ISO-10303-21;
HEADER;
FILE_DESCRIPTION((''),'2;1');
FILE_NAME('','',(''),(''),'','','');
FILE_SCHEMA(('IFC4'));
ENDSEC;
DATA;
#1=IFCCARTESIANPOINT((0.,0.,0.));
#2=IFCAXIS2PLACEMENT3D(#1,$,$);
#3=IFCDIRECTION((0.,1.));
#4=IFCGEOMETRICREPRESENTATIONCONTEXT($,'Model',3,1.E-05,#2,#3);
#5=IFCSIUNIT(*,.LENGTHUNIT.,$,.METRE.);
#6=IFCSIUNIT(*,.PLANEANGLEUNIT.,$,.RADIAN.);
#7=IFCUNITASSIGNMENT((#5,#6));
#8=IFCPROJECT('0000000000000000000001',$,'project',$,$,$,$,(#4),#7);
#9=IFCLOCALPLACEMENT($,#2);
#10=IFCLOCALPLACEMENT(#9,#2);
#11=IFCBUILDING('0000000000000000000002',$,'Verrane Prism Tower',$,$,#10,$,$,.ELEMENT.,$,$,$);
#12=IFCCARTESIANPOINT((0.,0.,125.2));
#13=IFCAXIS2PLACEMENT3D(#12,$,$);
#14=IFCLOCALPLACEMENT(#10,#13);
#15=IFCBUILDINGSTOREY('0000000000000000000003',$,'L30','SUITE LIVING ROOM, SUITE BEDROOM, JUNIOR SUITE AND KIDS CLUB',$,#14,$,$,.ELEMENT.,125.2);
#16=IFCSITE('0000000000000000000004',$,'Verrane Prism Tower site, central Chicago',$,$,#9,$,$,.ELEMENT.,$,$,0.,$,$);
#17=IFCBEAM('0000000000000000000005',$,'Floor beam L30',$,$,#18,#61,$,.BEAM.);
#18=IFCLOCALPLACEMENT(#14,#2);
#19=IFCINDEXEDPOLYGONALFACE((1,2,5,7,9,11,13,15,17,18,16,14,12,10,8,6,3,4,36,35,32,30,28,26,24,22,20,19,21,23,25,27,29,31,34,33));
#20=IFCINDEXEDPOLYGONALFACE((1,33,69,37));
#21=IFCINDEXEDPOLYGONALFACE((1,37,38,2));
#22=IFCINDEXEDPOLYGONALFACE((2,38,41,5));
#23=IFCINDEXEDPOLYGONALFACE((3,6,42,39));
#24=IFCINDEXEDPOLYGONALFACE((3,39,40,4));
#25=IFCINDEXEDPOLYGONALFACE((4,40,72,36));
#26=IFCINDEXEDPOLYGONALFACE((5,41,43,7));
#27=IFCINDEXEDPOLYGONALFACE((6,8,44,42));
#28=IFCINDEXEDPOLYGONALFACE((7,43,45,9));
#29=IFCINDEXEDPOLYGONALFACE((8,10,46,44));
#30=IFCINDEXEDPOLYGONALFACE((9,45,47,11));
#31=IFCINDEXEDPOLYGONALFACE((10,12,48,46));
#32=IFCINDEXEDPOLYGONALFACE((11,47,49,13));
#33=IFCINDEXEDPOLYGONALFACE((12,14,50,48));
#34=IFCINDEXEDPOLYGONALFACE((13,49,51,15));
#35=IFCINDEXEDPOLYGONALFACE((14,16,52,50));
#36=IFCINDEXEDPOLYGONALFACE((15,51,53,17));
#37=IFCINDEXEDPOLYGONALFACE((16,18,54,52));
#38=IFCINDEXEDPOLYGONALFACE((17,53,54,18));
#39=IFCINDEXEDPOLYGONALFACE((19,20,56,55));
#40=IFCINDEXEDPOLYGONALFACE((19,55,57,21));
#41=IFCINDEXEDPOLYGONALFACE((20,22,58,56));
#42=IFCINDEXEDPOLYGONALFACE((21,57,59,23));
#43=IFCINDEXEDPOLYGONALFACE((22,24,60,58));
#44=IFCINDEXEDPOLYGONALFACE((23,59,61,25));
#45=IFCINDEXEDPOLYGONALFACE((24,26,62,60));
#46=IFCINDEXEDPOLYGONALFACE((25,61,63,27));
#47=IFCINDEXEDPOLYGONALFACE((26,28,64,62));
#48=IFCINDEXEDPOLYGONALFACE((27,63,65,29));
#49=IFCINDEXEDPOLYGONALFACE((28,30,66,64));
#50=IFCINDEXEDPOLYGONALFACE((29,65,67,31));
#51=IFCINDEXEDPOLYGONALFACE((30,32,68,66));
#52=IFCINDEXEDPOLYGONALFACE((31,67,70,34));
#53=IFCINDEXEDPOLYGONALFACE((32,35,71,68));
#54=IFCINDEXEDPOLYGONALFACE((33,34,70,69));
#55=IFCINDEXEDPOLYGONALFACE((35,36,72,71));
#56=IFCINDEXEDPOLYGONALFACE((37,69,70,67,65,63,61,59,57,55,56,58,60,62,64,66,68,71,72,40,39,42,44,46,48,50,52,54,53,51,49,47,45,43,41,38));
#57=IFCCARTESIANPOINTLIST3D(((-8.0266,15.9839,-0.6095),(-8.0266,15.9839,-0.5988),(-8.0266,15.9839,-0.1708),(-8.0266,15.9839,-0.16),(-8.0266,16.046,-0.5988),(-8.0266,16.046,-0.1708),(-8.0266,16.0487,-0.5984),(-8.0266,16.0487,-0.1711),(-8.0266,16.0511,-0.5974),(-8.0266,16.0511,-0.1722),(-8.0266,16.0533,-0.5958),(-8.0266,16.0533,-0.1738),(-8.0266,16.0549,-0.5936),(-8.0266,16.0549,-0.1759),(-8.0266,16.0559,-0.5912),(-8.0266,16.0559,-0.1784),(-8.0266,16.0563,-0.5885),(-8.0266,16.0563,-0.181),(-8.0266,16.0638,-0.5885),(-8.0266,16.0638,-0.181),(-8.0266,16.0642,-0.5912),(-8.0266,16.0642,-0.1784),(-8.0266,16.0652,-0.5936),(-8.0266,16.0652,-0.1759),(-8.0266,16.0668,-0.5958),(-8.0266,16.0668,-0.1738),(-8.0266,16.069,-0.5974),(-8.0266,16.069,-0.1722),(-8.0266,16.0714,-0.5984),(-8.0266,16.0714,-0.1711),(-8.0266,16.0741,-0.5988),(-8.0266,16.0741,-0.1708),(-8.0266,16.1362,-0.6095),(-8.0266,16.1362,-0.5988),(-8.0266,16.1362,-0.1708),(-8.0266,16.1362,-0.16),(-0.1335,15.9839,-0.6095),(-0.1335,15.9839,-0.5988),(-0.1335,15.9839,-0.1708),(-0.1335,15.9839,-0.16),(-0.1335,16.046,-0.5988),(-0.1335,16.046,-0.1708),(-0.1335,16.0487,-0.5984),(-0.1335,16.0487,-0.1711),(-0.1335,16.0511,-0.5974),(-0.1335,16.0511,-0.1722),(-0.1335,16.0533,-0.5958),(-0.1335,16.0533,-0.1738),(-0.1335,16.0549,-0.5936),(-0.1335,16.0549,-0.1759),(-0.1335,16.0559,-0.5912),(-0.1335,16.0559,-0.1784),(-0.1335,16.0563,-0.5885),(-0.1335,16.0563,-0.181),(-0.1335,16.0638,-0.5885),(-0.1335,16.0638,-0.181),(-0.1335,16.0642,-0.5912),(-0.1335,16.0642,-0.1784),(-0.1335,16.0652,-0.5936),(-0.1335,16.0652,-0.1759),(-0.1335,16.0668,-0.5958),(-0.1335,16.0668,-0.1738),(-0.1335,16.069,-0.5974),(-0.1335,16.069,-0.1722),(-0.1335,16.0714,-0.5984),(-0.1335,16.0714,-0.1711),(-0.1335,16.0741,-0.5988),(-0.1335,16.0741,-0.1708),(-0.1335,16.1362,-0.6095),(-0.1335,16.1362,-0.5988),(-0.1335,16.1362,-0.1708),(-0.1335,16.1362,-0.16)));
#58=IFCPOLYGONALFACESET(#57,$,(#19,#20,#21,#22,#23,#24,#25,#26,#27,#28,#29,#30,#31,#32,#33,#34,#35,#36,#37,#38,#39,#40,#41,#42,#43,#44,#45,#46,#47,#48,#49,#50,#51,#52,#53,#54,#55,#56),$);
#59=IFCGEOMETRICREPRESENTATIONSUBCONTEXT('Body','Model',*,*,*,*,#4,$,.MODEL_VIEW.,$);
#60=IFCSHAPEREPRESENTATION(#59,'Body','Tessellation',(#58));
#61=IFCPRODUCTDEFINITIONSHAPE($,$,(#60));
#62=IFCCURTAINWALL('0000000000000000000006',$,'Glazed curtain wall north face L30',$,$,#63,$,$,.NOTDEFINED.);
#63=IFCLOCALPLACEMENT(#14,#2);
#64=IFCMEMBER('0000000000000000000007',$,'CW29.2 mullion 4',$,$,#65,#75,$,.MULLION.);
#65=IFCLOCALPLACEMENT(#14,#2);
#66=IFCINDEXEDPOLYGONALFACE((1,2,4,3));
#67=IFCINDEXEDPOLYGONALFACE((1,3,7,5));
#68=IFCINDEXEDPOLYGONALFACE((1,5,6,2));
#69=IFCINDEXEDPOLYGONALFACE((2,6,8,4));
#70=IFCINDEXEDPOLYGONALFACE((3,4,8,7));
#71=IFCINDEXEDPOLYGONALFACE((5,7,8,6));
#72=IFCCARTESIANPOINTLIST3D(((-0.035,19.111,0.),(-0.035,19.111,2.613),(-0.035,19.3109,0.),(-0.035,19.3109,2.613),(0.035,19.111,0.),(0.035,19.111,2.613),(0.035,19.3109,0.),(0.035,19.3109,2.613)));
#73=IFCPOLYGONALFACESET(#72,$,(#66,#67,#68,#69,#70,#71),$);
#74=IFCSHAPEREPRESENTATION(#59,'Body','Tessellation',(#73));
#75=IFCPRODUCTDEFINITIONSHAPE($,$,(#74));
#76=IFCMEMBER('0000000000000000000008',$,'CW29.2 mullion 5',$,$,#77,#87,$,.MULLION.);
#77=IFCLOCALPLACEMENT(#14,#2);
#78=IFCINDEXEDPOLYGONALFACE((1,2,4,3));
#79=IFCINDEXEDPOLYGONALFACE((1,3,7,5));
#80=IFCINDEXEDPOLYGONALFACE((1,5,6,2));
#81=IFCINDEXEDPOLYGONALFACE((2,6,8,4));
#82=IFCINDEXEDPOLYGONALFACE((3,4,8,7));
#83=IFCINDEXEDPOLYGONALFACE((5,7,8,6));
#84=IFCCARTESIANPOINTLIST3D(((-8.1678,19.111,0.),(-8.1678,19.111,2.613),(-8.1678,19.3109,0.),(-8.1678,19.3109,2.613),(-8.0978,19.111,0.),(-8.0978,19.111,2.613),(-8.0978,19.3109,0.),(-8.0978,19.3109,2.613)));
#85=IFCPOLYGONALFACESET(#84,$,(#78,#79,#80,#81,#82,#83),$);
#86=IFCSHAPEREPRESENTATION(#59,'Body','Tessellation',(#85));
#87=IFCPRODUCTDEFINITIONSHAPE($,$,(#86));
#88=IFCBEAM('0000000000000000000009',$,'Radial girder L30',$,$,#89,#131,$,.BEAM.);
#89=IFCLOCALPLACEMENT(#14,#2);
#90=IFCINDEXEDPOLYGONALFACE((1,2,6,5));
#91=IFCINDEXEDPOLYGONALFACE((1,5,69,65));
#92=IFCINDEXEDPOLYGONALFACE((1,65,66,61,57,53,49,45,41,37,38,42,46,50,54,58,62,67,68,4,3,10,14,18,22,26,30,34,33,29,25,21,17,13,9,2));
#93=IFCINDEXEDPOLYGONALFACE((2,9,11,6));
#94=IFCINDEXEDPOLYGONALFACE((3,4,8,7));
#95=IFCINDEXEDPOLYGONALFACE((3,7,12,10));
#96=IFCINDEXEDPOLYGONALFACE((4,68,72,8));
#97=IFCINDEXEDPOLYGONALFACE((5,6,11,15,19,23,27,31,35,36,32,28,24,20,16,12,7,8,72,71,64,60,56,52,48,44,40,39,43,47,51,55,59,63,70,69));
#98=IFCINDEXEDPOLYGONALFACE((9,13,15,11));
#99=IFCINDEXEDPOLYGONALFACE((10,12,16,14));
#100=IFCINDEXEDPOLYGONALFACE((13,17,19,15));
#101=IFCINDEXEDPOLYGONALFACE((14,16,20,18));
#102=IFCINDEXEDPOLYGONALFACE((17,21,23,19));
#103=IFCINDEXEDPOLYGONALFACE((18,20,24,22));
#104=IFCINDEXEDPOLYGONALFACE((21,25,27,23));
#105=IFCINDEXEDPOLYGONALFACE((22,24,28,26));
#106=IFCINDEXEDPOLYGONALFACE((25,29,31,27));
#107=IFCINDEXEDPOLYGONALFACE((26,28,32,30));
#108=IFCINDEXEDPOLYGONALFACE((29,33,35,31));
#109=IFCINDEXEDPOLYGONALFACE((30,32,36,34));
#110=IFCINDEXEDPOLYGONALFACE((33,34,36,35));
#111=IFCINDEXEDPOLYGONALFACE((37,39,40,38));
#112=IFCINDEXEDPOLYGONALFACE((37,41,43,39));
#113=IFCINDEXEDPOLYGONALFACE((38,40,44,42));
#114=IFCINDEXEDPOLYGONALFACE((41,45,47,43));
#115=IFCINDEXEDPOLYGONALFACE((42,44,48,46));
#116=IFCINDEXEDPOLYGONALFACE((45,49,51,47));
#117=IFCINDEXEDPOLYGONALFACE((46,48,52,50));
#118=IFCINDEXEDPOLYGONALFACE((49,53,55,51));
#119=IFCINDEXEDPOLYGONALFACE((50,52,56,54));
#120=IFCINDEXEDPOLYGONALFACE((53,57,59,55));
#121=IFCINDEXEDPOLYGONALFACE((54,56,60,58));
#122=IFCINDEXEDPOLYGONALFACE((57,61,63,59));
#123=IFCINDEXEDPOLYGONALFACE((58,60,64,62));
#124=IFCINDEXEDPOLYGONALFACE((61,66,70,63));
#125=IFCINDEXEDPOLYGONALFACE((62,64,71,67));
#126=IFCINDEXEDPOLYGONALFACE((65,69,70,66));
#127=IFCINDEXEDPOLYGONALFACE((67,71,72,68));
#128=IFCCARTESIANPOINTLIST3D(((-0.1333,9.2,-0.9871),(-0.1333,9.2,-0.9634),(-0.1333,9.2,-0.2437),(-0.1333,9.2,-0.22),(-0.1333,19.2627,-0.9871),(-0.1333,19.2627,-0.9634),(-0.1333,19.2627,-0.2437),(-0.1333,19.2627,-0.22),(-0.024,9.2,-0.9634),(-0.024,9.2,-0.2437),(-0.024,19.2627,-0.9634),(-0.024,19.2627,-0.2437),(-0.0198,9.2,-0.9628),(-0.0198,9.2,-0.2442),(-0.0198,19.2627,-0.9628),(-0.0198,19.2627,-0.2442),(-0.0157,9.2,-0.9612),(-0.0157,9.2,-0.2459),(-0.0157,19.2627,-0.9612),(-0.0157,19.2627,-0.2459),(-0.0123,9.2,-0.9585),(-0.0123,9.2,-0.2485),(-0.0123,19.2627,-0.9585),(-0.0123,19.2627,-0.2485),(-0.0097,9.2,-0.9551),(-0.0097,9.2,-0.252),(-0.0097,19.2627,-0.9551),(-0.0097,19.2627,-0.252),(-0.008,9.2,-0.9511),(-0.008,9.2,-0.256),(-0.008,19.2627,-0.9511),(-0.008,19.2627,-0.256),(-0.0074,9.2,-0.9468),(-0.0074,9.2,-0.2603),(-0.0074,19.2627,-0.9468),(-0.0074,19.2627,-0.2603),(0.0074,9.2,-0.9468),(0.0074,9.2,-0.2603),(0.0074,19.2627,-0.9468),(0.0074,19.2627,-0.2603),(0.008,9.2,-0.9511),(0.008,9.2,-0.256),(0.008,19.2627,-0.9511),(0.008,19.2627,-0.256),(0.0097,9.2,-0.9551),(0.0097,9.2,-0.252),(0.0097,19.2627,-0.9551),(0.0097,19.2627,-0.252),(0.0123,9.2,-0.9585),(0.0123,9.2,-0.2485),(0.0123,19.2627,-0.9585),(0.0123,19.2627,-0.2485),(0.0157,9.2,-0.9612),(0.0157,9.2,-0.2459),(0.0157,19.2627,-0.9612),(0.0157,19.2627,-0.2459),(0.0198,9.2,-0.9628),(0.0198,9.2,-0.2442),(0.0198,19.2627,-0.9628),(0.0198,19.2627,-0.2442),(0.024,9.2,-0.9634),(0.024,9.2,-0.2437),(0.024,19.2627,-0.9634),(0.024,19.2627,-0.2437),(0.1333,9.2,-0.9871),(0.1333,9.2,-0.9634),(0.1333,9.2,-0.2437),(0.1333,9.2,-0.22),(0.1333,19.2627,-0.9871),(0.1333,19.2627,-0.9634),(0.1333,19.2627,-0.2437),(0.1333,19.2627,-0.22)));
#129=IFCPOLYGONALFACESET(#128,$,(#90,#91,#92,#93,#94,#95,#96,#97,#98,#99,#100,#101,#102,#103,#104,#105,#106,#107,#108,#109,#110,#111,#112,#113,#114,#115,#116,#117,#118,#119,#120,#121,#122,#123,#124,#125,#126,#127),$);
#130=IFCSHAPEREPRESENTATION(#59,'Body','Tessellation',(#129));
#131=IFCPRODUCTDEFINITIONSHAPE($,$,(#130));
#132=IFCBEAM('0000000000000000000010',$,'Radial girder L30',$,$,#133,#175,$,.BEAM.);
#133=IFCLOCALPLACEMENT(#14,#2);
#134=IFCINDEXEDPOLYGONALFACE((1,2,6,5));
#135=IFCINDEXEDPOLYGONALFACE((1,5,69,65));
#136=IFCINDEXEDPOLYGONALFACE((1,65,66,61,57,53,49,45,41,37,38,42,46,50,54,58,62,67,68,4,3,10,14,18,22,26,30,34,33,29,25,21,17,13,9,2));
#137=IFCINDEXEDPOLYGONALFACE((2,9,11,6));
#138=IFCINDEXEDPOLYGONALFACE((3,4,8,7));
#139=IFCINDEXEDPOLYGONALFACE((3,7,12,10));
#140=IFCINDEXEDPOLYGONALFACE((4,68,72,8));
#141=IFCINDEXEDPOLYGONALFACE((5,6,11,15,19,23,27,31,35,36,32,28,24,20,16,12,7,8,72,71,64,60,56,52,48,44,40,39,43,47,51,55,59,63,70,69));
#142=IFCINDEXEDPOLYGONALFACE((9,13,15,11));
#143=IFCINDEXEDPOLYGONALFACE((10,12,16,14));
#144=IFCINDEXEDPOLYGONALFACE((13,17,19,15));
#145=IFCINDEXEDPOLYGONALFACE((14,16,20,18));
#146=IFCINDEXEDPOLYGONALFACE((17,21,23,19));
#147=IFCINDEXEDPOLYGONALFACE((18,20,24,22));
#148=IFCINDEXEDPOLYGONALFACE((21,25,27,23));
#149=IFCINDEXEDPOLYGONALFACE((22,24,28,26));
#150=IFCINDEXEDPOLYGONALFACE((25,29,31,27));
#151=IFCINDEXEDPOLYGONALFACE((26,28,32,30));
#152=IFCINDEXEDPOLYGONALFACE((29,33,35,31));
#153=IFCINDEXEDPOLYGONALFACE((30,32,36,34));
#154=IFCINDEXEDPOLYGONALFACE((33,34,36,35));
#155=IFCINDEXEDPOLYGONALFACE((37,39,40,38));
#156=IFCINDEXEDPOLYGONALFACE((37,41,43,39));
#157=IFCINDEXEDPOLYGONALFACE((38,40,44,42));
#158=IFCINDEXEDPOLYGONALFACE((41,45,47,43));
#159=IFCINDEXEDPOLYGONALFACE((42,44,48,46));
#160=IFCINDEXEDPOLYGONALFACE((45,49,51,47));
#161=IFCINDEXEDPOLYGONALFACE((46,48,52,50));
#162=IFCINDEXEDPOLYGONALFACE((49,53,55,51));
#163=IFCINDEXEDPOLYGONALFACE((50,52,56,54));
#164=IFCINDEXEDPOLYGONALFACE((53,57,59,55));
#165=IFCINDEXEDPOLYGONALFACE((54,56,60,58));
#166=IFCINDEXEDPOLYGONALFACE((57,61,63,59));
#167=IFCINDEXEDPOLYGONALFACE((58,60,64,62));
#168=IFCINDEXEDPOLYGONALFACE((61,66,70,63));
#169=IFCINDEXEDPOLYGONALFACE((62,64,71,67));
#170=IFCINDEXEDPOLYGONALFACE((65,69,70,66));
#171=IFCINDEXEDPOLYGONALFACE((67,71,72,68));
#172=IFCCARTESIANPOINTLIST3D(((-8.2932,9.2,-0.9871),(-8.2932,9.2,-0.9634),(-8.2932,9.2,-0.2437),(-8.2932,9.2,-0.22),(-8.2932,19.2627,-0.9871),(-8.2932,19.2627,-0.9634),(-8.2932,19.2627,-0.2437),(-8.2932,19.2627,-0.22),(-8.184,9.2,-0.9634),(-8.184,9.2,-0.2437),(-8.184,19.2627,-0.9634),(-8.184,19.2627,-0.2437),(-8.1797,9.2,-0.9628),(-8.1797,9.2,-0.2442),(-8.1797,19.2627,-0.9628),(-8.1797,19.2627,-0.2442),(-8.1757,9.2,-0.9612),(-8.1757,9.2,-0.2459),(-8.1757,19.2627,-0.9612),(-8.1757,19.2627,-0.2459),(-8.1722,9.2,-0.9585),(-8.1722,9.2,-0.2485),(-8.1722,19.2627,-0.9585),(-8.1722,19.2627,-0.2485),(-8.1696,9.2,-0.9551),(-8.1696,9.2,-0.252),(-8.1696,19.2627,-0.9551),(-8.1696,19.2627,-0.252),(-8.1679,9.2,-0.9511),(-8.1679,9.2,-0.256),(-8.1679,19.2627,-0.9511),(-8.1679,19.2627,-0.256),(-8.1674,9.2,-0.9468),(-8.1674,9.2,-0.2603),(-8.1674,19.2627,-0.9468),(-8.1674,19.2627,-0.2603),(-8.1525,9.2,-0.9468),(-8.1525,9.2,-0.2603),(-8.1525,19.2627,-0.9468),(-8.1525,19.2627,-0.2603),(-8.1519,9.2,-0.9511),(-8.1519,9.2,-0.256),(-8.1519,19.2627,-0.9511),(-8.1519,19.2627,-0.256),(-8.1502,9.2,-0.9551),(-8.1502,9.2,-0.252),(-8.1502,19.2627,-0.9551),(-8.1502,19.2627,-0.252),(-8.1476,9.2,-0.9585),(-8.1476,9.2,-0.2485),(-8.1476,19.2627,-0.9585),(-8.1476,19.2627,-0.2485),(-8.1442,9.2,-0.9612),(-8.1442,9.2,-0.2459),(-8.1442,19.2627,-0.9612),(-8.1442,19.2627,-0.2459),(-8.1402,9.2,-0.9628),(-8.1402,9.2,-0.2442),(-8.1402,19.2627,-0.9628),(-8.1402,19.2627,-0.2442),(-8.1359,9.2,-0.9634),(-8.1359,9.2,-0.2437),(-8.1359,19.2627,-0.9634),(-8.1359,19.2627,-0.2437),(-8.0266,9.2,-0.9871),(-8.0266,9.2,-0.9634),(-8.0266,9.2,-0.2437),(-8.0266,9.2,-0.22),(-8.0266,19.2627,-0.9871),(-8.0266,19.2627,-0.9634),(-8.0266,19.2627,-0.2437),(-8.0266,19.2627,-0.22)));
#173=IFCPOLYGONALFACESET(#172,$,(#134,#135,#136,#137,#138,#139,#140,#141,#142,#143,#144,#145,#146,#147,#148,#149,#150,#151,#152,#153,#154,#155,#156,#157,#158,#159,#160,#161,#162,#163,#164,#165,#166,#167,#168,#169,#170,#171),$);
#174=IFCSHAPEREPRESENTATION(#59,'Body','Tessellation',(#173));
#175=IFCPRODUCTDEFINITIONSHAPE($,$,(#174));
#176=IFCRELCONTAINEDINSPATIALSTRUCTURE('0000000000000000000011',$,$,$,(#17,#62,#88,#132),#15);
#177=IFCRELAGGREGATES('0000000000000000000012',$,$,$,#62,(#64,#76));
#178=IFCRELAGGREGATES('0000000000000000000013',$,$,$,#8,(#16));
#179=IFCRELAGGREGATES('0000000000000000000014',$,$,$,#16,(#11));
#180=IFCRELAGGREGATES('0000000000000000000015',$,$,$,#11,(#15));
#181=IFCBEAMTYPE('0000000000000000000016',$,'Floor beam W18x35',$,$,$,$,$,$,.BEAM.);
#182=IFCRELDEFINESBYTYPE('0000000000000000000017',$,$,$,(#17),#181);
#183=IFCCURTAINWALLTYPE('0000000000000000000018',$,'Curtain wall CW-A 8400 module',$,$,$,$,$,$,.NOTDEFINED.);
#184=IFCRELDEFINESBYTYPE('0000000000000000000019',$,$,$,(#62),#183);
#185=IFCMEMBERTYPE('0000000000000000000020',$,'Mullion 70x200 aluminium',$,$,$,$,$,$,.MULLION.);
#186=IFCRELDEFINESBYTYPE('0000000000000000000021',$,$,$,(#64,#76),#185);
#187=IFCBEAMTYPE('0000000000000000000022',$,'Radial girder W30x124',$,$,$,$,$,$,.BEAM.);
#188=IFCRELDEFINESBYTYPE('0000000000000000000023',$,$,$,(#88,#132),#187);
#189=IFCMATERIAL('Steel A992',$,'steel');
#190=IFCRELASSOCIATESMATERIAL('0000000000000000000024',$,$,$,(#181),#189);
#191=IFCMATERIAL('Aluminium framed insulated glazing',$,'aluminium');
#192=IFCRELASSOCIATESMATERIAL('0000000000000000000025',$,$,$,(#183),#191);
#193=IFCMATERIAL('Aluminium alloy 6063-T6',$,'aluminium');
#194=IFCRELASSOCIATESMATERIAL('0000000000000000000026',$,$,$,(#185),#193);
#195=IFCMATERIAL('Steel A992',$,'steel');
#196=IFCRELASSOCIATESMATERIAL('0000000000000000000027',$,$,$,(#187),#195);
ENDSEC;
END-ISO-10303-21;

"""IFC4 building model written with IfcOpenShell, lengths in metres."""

from ifc_helpers import new_model, si_unit, direction, frame, origin, origin_2d, place, context, subcontext, project, spatial, rectangle, i_section, extrude, material, material_profile, profile_set, type_object, element, aggregate, save


model = new_model("IFC4")

# Units and contexts
model_context = context("Model", 3, precision=1e-05, world=origin(), true_north=direction((0.0, 1.0)))
body_context = subcontext(model_context, "Body", "Model", "MODEL_VIEW")
ifc_project = project(units=[si_unit("LENGTHUNIT", "METRE"), si_unit("PLANEANGLEUNIT", "RADIAN")], contexts=[model_context])

# Site, building, storey
site_placement = place(None, origin())
site = spatial("IfcSite", under=ifc_project, at=site_placement, Name="Verrane Prism Tower site, central Chicago", CompositionType="ELEMENT", RefElevation=0.0)
building_placement = place(site_placement, origin())
building = spatial("IfcBuilding", under=site, at=building_placement, Name="Verrane Prism Tower", CompositionType="ELEMENT")
storey_placement = place(building_placement, frame((0.0, 0.0, 125.2)))
storey = spatial("IfcBuildingStorey", under=building, at=storey_placement, Name="L30", Description="SUITE LIVING ROOM, SUITE BEDROOM, JUNIOR SUITE AND KIDS CLUB", CompositionType="ELEMENT", Elevation=125.2)

# Beam
ifc_material_1 = material(Name="Steel A992", Category="steel")
ifc_material_profile_1 = material_profile(ifc_material_1, i_section(OverallWidth=0.1523, OverallDepth=0.4495, WebThickness=0.0076, FlangeThickness=0.0107, FilletRadius=0.0103, at=origin_2d()), Name="W18x35")
ifc_profile_set_1 = profile_set([ifc_material_profile_1], Name="Steel A992")
beam_type_1 = type_object("IfcBeamType", Name="Floor beam W18x35", PredefinedType="BEAM", material=ifc_profile_set_1)
for number, where, z_axis, x_axis, name in (
    (1, (-8.0266, 16.0601, -0.3848), (1.0, 0.0, 0.0), (0.0, 1.0, 0.0), "Floor beam L30"),
):
    element("IfcBeam", number, at=place(storey_placement, frame(where, z_axis=z_axis, x_axis=x_axis)), inside=storey, type_object=beam_type_1, Name=name, PredefinedType="BEAM", context=body_context, shape_type="SweptSolid", body=[
        extrude(i_section(OverallWidth=0.1523, OverallDepth=0.4495, WebThickness=0.0076, FlangeThickness=0.0107, FilletRadius=0.0103, at=origin_2d()), origin(), (0.0, 0.0, 1.0), 7.8931),
    ])

# Curtain wall, members
ifc_material_2 = material(Name="Aluminium framed insulated glazing", Category="aluminium")
curtain_wall_type = type_object("IfcCurtainWallType", Name="Curtain wall CW-A 8400 module", PredefinedType="NOTDEFINED", material=ifc_material_2)
curtain_wall_placement = place(storey_placement, origin())
curtain_wall = element("IfcCurtainWall", 2, at=curtain_wall_placement, inside=storey, type_object=curtain_wall_type, Name="Glazed curtain wall north face L30", PredefinedType="NOTDEFINED")
ifc_material_3 = material(Name="Aluminium alloy 6063-T6", Category="aluminium")
ifc_material_profile_2 = material_profile(ifc_material_3, rectangle(XDim=0.2, YDim=0.0701, at=origin_2d()), Name="Mullion 70x200 aluminium")
ifc_profile_set_2 = profile_set([ifc_material_profile_2], Name="Aluminium alloy 6063-T6")
member_type_1 = type_object("IfcMemberType", Name="Mullion 70x200 aluminium", PredefinedType="MULLION", material=ifc_profile_set_2)
member_1_placement = place(storey_placement, frame((0.0, 19.2109, 0.0), z_axis=(0.0, 0.0, 1.0), x_axis=(0.0, -1.0, 0.0)))
member_1 = element("IfcMember", 3, at=member_1_placement, type_object=member_type_1, Name="CW29.2 mullion 4", PredefinedType="MULLION", context=body_context, shape_type="SweptSolid", body=[
    extrude(rectangle(XDim=0.2, YDim=0.0701, at=origin_2d()), origin(), (0.0, 0.0, 1.0), 2.613),
])
member_2_placement = place(storey_placement, frame((-8.1328, 19.2109, 0.0), z_axis=(0.0, 0.0, 1.0), x_axis=(0.0, -1.0, 0.0)))
member_2 = element("IfcMember", 4, at=member_2_placement, type_object=member_type_1, Name="CW29.2 mullion 5", PredefinedType="MULLION", context=body_context, shape_type="SweptSolid", body=[
    extrude(rectangle(XDim=0.2, YDim=0.0701, at=origin_2d()), origin(), (0.0, 0.0, 1.0), 2.613),
])

# Beams
ifc_material_4 = material(Name="Steel A992", Category="steel")
ifc_material_profile_3 = material_profile(ifc_material_4, i_section(OverallWidth=0.2666, OverallDepth=0.7671, WebThickness=0.0149, FlangeThickness=0.0237, FilletRadius=0.0166, at=origin_2d()), Name="W30x124")
ifc_profile_set_3 = profile_set([ifc_material_profile_3], Name="Steel A992")
beam_type_2 = type_object("IfcBeamType", Name="Radial girder W30x124", PredefinedType="BEAM", material=ifc_profile_set_3)
for number, where, z_axis, x_axis, name in (
    (5, (0.0, 19.2627, -0.6035), (0.0, -1.0, 0.0), (1.0, 0.0, 0.0), "Radial girder L30"),
    (6, (-8.1599, 19.2627, -0.6035), (0.0, -1.0, 0.0), (1.0, 0.0, 0.0), "Radial girder L30"),
):
    element("IfcBeam", number, at=place(storey_placement, frame(where, z_axis=z_axis, x_axis=x_axis)), inside=storey, type_object=beam_type_2, Name=name, PredefinedType="BEAM", context=body_context, shape_type="SweptSolid", body=[
        extrude(i_section(OverallWidth=0.2666, OverallDepth=0.7671, WebThickness=0.0149, FlangeThickness=0.0237, FilletRadius=0.0166, at=origin_2d()), origin(), (0.0, 0.0, 1.0), 10.0627),
    ])

aggregate(curtain_wall, [member_1, member_2])

save(model, "model.ifc")
